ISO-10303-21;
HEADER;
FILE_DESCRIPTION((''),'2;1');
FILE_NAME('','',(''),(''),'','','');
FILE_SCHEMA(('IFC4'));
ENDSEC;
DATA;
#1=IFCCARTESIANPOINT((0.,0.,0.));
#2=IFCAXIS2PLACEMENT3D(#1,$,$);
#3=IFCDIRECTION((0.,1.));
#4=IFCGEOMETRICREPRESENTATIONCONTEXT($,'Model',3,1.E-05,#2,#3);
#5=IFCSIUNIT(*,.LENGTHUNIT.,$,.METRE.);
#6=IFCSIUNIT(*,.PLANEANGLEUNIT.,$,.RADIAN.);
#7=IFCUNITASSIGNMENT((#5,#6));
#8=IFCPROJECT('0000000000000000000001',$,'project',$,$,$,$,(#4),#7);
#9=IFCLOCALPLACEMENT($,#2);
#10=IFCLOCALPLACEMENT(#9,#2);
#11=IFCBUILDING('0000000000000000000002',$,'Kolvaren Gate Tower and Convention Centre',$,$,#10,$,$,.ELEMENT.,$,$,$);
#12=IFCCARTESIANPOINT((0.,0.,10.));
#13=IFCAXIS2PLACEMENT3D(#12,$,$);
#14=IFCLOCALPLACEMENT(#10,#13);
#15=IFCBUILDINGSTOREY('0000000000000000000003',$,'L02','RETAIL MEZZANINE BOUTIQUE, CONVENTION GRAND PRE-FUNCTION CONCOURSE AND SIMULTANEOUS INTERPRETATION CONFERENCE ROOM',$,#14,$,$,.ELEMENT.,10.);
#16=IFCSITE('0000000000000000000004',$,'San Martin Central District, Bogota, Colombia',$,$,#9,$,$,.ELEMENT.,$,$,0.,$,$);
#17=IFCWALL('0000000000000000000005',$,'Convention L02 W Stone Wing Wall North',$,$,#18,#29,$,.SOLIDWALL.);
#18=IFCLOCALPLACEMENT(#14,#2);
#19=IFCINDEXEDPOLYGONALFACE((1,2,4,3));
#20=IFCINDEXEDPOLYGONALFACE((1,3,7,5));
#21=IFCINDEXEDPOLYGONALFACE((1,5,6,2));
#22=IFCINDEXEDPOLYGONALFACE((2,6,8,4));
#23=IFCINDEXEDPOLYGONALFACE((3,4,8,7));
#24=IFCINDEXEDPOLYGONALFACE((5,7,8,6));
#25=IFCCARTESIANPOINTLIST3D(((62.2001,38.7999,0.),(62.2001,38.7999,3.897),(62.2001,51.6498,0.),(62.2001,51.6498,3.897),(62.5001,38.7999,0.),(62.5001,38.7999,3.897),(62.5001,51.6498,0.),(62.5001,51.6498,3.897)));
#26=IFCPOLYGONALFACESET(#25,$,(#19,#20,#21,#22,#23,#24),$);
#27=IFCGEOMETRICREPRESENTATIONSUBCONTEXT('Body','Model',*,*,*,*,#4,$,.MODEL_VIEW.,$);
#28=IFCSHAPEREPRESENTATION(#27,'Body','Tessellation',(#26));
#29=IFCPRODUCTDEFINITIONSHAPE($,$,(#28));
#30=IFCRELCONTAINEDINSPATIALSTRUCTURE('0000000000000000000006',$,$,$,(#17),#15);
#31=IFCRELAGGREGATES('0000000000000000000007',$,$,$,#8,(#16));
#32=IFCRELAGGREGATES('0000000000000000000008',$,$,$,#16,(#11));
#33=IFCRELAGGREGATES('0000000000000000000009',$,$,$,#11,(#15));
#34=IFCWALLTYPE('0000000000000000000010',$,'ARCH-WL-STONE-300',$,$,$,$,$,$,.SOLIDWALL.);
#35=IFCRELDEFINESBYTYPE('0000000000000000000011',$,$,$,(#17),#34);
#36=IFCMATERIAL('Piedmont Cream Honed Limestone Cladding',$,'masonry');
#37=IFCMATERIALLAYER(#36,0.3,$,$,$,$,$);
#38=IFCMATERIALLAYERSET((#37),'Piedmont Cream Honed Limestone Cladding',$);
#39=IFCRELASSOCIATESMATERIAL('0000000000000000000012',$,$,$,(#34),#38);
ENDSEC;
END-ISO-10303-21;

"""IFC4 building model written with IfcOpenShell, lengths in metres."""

from ifc_helpers import new_model, si_unit, direction, frame, frame_2d, origin, place, context, subcontext, project, spatial, rectangle, extrude, material, layer, layer_set, type_object, element, save


model = new_model("IFC4")

# Units and contexts
model_context = context("Model", 3, precision=1e-05, world=origin(), true_north=direction((0.0, 1.0)))
body_context = subcontext(model_context, "Body", "Model", "MODEL_VIEW")
ifc_project = project(units=[si_unit("LENGTHUNIT", "METRE"), si_unit("PLANEANGLEUNIT", "RADIAN")], contexts=[model_context])

# Site, building, storey
site_placement = place(None, origin())
site = spatial("IfcSite", under=ifc_project, at=site_placement, Name="San Martin Central District, Bogota, Colombia", CompositionType="ELEMENT", RefElevation=0.0)
building_placement = place(site_placement, origin())
building = spatial("IfcBuilding", under=site, at=building_placement, Name="Kolvaren Gate Tower and Convention Centre", CompositionType="ELEMENT")
storey_placement = place(building_placement, frame((0.0, 0.0, 10.0)))
storey = spatial("IfcBuildingStorey", under=building, at=storey_placement, Name="L02", Description="RETAIL MEZZANINE BOUTIQUE, CONVENTION GRAND PRE-FUNCTION CONCOURSE AND SIMULTANEOUS INTERPRETATION CONFERENCE ROOM", CompositionType="ELEMENT", Elevation=10.0)

# Wall
ifc_material_1 = material(Name="Piedmont Cream Honed Limestone Cladding", Category="masonry")
ifc_layer_1 = layer(ifc_material_1, 0.3)
ifc_layer_set_1 = layer_set([ifc_layer_1], Name="Piedmont Cream Honed Limestone Cladding")
wall_type_1 = type_object("IfcWallType", Name="ARCH-WL-STONE-300", PredefinedType="SOLIDWALL", material=ifc_layer_set_1)
wall_1_placement = place(storey_placement, frame((62.3501, 38.8, 0.0), z_axis=(0.0, 0.0, 1.0), x_axis=(0.0, 1.0, 0.0)))
element("IfcWall", 1, at=wall_1_placement, inside=storey, type_object=wall_type_1, Name="Convention L02 W Stone Wing Wall North", PredefinedType="SOLIDWALL", context=body_context, shape_type="SweptSolid", body=[
    extrude(rectangle(XDim=12.8499, YDim=0.3, at=frame_2d((6.4248, 0.0))), origin(), (0.0, 0.0, 1.0), 3.897),
])

save(model, "model.ifc")
